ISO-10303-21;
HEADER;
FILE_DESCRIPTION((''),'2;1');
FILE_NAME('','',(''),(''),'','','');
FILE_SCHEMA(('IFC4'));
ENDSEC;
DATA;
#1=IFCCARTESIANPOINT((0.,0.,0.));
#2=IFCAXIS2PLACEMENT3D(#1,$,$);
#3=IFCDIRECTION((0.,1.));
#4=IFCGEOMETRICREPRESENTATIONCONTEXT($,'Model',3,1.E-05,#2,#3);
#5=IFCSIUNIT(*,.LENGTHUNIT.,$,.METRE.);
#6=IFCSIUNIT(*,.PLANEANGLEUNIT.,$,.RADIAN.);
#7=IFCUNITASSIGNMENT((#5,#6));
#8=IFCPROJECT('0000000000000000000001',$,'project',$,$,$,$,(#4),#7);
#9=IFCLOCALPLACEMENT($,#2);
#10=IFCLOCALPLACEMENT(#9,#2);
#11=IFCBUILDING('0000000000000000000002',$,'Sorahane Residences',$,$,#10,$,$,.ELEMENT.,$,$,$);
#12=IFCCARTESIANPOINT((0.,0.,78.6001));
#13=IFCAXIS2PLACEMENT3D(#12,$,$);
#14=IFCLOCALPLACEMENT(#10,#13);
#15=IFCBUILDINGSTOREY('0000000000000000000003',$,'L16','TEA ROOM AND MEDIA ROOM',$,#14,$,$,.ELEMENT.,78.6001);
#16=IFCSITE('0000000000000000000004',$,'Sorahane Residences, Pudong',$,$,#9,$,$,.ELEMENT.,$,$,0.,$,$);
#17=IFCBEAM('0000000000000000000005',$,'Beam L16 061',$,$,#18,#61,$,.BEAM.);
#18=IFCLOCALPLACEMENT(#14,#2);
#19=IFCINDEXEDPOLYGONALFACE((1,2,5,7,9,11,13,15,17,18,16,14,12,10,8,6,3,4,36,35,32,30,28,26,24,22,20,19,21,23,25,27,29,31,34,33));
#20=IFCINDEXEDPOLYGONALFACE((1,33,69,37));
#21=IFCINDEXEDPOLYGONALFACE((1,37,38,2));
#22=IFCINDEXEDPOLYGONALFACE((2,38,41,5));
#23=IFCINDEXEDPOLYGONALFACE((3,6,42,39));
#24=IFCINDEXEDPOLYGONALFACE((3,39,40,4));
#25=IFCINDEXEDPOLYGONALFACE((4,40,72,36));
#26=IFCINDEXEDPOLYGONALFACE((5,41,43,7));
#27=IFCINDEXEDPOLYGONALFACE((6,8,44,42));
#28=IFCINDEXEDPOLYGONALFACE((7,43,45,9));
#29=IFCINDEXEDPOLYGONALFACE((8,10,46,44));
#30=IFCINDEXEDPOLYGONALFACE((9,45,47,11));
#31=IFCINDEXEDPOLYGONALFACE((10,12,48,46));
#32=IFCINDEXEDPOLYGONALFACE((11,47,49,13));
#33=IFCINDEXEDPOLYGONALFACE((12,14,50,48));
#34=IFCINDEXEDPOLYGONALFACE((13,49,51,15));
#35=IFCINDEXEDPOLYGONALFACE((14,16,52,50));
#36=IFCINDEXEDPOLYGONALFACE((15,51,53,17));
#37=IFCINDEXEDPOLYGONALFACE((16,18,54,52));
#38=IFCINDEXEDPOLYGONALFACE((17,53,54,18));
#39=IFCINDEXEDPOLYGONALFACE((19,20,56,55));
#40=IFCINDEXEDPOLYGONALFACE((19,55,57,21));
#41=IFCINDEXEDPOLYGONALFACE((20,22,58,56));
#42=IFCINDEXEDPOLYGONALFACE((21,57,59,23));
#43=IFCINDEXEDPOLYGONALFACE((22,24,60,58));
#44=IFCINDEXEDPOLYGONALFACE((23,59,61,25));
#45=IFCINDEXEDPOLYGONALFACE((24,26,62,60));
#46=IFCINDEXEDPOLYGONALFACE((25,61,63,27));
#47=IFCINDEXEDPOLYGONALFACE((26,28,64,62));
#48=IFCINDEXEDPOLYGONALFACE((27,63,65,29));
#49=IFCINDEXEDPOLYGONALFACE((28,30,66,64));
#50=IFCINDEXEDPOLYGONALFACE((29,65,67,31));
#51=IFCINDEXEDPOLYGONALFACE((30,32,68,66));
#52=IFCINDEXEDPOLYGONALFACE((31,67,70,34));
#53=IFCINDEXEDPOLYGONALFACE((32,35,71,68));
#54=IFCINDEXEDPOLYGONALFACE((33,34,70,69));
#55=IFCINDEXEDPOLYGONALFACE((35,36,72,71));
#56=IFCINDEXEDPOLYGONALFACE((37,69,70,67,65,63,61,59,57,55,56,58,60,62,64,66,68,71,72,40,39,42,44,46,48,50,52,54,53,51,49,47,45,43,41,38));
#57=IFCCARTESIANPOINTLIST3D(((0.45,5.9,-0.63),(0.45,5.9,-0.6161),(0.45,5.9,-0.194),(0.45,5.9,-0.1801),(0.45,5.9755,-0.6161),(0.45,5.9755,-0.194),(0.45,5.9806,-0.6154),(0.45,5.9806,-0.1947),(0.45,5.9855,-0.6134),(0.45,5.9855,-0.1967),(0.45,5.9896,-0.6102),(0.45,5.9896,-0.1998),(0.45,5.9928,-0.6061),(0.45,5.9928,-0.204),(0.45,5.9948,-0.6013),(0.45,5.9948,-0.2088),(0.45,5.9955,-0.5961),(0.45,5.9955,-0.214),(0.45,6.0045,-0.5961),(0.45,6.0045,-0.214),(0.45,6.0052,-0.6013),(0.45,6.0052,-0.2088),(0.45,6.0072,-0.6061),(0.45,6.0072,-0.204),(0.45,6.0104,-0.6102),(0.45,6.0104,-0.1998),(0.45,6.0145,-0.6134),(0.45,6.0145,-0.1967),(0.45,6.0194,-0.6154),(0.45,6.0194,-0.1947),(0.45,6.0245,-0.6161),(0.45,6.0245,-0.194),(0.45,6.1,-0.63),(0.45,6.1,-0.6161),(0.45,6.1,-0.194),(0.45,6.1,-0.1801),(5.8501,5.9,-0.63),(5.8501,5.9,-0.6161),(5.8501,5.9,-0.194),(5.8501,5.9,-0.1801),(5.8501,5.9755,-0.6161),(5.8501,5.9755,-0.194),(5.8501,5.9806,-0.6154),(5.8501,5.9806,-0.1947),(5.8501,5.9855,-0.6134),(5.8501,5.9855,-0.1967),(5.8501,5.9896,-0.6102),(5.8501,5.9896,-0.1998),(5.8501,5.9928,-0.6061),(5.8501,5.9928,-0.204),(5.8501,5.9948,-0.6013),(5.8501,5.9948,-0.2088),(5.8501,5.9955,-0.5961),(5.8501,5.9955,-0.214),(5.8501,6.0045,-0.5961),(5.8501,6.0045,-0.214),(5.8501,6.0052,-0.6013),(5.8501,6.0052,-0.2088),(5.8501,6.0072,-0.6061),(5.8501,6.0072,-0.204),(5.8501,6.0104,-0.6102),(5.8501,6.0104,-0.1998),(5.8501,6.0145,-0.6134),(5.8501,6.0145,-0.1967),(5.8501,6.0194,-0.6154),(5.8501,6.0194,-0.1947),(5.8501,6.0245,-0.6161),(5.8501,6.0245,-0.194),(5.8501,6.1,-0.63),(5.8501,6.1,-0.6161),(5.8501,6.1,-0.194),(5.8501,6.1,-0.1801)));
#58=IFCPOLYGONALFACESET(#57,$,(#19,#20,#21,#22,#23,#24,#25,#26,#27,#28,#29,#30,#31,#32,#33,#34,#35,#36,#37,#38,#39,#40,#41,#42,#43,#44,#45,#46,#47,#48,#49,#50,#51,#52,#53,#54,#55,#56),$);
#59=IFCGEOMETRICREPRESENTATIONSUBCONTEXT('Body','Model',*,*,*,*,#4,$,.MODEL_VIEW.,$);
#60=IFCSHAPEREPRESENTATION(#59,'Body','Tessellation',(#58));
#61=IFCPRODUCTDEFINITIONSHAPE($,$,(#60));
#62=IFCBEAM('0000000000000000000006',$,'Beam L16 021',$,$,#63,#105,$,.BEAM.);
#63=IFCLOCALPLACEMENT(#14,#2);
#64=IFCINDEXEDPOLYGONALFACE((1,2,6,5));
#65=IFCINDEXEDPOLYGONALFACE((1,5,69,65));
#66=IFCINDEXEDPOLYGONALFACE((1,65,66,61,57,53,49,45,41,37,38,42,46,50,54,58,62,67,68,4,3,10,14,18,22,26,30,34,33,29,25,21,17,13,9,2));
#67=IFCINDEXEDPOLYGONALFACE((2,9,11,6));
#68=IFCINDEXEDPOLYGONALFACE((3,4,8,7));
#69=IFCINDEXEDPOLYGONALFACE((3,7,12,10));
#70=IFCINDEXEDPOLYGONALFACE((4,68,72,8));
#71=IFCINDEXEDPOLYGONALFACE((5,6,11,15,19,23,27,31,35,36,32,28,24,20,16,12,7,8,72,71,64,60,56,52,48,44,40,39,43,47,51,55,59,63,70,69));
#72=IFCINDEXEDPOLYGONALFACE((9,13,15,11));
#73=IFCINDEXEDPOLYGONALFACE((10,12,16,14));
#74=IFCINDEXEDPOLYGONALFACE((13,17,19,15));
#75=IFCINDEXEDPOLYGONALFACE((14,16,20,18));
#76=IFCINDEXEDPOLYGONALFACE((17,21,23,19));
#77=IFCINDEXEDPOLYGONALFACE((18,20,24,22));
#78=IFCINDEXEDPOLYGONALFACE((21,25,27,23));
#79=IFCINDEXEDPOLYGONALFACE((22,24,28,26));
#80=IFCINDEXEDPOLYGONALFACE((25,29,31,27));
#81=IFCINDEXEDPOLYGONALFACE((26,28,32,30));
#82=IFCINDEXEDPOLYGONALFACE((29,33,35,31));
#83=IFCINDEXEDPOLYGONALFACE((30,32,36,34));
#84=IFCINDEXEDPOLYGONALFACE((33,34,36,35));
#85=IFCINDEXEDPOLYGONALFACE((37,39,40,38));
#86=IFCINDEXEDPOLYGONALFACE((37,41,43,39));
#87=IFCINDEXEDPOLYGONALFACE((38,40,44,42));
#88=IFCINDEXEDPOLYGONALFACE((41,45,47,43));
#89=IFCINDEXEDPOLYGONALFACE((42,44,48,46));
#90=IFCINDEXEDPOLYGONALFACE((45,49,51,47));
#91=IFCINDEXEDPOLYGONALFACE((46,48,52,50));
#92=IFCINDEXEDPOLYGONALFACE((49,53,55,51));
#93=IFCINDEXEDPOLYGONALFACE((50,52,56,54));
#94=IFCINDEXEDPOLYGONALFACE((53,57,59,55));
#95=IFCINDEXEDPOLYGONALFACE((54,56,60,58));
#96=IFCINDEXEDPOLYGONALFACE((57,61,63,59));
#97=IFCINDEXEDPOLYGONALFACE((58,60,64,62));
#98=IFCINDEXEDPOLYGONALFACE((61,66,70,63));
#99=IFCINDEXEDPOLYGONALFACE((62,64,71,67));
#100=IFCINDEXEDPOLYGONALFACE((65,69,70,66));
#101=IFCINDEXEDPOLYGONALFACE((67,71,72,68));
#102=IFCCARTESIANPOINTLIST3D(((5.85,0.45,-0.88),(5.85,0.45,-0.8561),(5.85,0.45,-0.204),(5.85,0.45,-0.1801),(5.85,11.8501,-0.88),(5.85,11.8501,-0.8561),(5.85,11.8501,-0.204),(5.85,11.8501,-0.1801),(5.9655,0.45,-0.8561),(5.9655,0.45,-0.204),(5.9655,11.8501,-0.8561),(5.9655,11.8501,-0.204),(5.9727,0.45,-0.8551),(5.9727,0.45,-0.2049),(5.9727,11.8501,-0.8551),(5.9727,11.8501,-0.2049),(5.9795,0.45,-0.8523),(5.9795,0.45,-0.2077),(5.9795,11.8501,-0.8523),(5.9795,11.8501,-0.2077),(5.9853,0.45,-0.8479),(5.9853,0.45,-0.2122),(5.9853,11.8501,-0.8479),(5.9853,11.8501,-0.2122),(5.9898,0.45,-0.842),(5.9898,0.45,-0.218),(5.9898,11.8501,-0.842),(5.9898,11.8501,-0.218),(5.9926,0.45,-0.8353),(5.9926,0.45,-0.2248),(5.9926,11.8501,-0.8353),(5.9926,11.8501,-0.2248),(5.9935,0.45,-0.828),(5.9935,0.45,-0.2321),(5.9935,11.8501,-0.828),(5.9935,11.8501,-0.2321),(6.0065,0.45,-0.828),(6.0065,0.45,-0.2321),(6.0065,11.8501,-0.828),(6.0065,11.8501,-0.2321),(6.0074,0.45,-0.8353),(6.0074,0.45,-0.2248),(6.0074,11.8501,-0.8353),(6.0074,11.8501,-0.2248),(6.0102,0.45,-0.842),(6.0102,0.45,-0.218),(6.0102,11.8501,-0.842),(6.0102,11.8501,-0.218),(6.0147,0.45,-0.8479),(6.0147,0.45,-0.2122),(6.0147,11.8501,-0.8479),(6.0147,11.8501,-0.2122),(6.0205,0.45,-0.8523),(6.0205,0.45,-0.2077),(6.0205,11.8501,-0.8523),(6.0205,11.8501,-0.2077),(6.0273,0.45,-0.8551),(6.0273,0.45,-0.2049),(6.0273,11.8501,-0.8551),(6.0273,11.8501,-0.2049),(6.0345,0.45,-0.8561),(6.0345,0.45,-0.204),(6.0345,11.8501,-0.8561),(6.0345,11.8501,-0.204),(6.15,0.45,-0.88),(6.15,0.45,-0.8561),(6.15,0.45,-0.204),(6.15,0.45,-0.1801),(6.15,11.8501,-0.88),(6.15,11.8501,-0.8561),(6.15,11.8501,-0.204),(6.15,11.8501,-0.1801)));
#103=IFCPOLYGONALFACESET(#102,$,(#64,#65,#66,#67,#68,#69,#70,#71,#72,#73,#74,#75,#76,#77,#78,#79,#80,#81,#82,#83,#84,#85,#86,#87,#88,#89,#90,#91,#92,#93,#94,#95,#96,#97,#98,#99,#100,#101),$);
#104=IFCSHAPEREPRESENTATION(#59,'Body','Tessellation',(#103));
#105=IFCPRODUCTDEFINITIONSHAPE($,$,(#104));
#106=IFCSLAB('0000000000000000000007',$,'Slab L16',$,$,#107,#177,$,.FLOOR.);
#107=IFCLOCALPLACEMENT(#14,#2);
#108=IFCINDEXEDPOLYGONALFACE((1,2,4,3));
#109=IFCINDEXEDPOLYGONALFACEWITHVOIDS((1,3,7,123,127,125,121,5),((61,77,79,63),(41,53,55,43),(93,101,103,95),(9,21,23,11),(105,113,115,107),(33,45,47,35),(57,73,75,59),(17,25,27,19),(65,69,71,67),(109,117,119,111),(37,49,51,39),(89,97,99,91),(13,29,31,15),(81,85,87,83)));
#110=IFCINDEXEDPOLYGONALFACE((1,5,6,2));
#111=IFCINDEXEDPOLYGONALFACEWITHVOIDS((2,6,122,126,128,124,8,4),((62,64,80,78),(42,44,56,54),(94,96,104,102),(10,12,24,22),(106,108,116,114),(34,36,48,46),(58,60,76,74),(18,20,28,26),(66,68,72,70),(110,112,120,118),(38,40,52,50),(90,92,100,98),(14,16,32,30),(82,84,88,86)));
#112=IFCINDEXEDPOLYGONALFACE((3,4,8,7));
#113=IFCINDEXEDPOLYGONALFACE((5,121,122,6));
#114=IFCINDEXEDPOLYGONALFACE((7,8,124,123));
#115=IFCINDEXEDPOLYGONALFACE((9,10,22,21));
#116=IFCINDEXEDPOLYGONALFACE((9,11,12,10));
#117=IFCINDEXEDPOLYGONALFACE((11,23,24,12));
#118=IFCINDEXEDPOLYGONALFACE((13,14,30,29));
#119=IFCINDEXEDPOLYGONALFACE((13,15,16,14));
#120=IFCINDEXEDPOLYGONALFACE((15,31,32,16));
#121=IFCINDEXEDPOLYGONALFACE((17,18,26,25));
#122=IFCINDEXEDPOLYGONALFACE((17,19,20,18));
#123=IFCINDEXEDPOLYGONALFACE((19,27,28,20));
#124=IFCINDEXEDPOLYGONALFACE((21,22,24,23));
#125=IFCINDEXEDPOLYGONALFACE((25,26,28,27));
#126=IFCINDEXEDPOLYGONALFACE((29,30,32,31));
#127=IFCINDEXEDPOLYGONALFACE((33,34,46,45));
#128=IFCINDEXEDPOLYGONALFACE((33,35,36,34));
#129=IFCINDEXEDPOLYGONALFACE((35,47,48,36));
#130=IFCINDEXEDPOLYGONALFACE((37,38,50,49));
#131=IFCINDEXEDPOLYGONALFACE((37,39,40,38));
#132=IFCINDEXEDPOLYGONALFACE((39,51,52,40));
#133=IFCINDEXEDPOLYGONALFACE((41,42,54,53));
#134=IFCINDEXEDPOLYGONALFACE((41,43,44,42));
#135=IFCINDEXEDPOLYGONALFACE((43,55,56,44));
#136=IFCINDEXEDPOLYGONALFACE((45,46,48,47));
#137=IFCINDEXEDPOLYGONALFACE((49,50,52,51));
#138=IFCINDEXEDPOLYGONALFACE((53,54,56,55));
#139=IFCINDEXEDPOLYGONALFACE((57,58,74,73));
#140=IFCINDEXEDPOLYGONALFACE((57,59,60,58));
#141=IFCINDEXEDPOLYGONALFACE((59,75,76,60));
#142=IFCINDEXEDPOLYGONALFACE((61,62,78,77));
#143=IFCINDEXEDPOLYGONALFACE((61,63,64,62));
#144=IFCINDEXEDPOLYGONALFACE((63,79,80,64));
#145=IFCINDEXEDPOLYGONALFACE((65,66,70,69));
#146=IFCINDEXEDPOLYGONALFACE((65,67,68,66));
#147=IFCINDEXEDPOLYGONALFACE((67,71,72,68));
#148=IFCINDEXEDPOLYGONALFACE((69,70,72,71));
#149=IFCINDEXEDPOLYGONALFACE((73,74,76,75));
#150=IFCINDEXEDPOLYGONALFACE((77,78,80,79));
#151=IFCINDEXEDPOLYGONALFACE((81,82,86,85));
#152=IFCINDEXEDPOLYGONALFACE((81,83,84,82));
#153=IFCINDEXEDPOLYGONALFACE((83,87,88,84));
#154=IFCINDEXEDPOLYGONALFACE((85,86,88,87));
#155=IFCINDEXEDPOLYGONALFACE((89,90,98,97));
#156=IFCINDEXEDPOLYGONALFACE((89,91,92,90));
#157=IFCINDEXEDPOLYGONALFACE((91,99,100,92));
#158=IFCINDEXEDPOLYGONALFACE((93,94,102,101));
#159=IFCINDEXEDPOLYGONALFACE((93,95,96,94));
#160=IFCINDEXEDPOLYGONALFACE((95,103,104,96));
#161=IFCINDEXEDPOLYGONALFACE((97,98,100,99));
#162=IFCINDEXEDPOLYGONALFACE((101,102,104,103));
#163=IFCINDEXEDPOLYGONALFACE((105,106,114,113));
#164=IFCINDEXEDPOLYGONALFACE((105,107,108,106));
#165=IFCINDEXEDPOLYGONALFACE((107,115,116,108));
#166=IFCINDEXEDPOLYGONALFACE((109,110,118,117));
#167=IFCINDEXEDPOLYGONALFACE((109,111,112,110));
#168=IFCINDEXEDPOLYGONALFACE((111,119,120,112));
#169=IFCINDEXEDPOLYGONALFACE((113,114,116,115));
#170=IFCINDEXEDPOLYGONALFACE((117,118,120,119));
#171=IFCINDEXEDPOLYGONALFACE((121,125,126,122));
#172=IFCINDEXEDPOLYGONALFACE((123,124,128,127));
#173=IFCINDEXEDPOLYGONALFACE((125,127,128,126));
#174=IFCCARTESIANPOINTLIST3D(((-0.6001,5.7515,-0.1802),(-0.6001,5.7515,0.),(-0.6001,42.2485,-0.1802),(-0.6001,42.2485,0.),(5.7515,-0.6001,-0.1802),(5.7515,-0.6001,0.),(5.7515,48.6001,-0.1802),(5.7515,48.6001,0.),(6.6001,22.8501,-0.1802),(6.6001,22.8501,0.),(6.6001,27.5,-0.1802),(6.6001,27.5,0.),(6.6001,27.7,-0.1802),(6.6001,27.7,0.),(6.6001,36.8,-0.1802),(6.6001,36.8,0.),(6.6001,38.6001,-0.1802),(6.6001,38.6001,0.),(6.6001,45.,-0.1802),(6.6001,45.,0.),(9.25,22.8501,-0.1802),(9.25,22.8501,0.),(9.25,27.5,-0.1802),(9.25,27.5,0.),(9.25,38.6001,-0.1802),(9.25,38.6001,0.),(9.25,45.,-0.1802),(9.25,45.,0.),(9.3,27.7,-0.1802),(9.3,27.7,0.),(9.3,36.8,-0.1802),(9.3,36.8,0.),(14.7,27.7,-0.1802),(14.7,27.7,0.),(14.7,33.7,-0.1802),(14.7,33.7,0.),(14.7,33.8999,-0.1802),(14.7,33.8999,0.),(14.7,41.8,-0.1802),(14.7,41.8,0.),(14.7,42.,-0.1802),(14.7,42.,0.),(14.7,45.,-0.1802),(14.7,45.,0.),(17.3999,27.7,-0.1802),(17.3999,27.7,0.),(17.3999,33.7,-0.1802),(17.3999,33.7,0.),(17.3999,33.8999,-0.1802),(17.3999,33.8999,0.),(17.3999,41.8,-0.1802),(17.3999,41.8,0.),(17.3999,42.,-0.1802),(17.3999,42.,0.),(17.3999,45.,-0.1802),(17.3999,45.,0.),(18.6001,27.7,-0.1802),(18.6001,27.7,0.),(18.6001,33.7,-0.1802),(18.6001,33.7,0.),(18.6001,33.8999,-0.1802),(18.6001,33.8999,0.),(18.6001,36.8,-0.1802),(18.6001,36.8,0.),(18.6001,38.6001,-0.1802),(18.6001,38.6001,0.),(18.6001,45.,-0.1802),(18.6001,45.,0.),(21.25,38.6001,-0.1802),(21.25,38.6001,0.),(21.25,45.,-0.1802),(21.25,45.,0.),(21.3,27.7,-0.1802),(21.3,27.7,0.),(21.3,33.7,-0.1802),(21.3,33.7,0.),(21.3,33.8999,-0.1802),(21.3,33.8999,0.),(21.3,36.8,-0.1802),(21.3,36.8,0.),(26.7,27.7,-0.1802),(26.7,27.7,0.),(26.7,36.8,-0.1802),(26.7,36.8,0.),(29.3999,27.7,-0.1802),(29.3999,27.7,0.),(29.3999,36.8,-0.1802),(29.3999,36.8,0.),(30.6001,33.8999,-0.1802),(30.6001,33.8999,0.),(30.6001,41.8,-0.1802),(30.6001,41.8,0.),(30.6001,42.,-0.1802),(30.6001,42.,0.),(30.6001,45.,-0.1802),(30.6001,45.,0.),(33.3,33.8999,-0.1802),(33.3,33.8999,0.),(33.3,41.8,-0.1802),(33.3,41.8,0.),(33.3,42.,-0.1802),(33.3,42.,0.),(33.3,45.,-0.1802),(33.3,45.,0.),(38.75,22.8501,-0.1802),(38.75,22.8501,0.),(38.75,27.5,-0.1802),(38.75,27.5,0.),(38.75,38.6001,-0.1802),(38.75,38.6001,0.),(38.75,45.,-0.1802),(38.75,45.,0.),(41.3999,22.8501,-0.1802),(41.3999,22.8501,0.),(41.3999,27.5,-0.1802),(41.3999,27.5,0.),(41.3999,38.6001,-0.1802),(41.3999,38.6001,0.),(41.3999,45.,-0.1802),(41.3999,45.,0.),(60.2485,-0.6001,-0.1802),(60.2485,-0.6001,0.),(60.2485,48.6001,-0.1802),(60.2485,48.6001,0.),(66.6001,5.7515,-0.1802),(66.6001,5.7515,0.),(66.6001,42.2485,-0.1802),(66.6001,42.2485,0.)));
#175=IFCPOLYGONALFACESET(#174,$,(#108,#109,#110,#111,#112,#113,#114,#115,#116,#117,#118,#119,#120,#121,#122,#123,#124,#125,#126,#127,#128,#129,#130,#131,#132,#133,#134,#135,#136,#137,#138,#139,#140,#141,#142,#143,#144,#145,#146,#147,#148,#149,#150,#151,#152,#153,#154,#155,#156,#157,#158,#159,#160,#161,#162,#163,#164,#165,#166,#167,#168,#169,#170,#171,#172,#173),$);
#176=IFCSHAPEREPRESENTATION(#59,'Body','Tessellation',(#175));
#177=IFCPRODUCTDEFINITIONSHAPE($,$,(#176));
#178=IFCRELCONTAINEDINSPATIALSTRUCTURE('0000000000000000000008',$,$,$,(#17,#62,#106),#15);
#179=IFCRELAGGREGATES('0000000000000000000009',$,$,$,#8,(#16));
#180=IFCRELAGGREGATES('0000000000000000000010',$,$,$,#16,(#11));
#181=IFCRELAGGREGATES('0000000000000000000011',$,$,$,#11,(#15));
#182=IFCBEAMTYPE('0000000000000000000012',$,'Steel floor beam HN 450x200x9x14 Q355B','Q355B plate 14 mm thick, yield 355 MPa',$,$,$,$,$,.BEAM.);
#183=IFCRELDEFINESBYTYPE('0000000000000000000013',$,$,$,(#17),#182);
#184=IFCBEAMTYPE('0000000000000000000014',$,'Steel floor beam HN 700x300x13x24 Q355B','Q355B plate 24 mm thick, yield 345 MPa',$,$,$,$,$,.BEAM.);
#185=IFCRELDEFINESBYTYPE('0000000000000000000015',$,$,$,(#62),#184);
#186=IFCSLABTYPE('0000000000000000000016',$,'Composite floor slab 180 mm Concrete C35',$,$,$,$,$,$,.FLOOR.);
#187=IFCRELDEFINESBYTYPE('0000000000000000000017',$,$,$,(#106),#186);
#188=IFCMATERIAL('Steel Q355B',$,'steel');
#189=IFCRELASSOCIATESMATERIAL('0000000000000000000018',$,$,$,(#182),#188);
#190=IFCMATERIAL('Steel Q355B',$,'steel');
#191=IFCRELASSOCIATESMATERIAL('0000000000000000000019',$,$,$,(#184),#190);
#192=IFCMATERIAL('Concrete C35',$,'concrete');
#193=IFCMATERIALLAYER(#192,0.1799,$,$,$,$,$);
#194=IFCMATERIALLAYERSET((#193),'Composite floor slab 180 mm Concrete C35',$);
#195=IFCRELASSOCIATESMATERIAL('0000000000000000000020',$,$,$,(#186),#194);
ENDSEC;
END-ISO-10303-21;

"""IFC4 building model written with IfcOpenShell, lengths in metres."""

from ifc_helpers import new_model, si_unit, direction, frame, origin, origin_2d, place, context, subcontext, project, spatial, polyline, i_section, outline, extrude, material, layer, layer_set, material_profile, profile_set, type_object, element, save


model = new_model("IFC4")

# Units and contexts
model_context = context("Model", 3, precision=1e-05, world=origin(), true_north=direction((0.0, 1.0)))
body_context = subcontext(model_context, "Body", "Model", "MODEL_VIEW")
ifc_project = project(units=[si_unit("LENGTHUNIT", "METRE"), si_unit("PLANEANGLEUNIT", "RADIAN")], contexts=[model_context])

# Site, building, storey
site_placement = place(None, origin())
site = spatial("IfcSite", under=ifc_project, at=site_placement, Name="Sorahane Residences, Pudong", CompositionType="ELEMENT", RefElevation=0.0)
building_placement = place(site_placement, origin())
building = spatial("IfcBuilding", under=site, at=building_placement, Name="Sorahane Residences", CompositionType="ELEMENT")
storey_placement = place(building_placement, frame((0.0, 0.0, 78.6001)))
storey = spatial("IfcBuildingStorey", under=building, at=storey_placement, Name="L16", Description="TEA ROOM AND MEDIA ROOM", CompositionType="ELEMENT", Elevation=78.6001)

# Beams
ifc_material_1 = material(Name="Steel Q355B", Category="steel")
ifc_material_profile_1 = material_profile(ifc_material_1, i_section(OverallWidth=0.2, OverallDepth=0.45, WebThickness=0.009, FlangeThickness=0.0139, FilletRadius=0.02, at=origin_2d()), Name="HN 450x200x9x14")
ifc_profile_set_1 = profile_set([ifc_material_profile_1], Name="Steel Q355B")
beam_type_1 = type_object("IfcBeamType", Name="Steel floor beam HN 450x200x9x14 Q355B", Description="Q355B plate 14 mm thick, yield 355 MPa", PredefinedType="BEAM", material=ifc_profile_set_1)
beam_1_placement = place(storey_placement, frame((0.45, 6.0, -0.405), z_axis=(1.0, 0.0, 0.0), x_axis=(0.0, 1.0, 0.0)))
element("IfcBeam", 1, at=beam_1_placement, inside=storey, type_object=beam_type_1, Name="Beam L16 061", PredefinedType="BEAM", context=body_context, shape_type="SweptSolid", body=[
    extrude(i_section(OverallWidth=0.2, OverallDepth=0.45, WebThickness=0.009, FlangeThickness=0.0139, FilletRadius=0.02, at=origin_2d()), origin(), (0.0, 0.0, 1.0), 5.4001),
])
ifc_material_2 = material(Name="Steel Q355B", Category="steel")
ifc_material_profile_2 = material_profile(ifc_material_2, i_section(OverallWidth=0.3, OverallDepth=0.7, WebThickness=0.0129, FlangeThickness=0.0239, FilletRadius=0.0281, at=origin_2d()), Name="HN 700x300x13x24")
ifc_profile_set_2 = profile_set([ifc_material_profile_2], Name="Steel Q355B")
beam_type_2 = type_object("IfcBeamType", Name="Steel floor beam HN 700x300x13x24 Q355B", Description="Q355B plate 24 mm thick, yield 345 MPa", PredefinedType="BEAM", material=ifc_profile_set_2)
beam_2_placement = place(storey_placement, frame((6.0, 0.45, -0.53), z_axis=(0.0, 1.0, 0.0), x_axis=(-1.0, 0.0, 0.0)))
element("IfcBeam", 2, at=beam_2_placement, inside=storey, type_object=beam_type_2, Name="Beam L16 021", PredefinedType="BEAM", context=body_context, shape_type="SweptSolid", body=[
    extrude(i_section(OverallWidth=0.3, OverallDepth=0.7, WebThickness=0.0129, FlangeThickness=0.0239, FilletRadius=0.0281, at=origin_2d()), origin(), (0.0, 0.0, 1.0), 11.4001),
])

# Slab
ifc_material_3 = material(Name="Concrete C35", Category="concrete")
ifc_layer_1 = layer(ifc_material_3, 0.1799)
ifc_layer_set_1 = layer_set([ifc_layer_1], Name="Composite floor slab 180 mm Concrete C35")
slab_type_1 = type_object("IfcSlabType", Name="Composite floor slab 180 mm Concrete C35", PredefinedType="FLOOR", material=ifc_layer_set_1)
slab_1_placement = place(storey_placement, frame((0.0, 0.0, -0.1802)))
element("IfcSlab", 3, at=slab_1_placement, inside=storey, type_object=slab_type_1, Name="Slab L16", PredefinedType="FLOOR", context=body_context, shape_type="SweptSolid", body=[
    extrude(outline(polyline([(5.7515, -0.6001), (-0.6001, 5.7515), (-0.6001, 42.2485), (5.7515, 48.6001), (60.2485, 48.6001), (66.6001, 42.2485), (66.6001, 5.7515), (60.2485, -0.6001), (5.7515, -0.6001)]), holes=[polyline([(18.6001, 27.7), (21.3, 27.7), (21.3, 33.7), (18.6001, 33.7), (18.6001, 27.7)]), polyline([(30.6001, 42.0), (33.3, 42.0), (33.3, 45.0), (30.6001, 45.0), (30.6001, 42.0)]), polyline([(14.7, 27.7), (17.3999, 27.7), (17.3999, 33.7), (14.7, 33.7), (14.7, 27.7)]), polyline([(14.7, 42.0), (17.3999, 42.0), (17.3999, 45.0), (14.7, 45.0), (14.7, 42.0)]), polyline([(6.6001, 27.7), (9.3, 27.7), (9.3, 36.8), (6.6001, 36.8), (6.6001, 27.7)]), polyline([(9.25, 38.6001), (9.25, 45.0), (6.6001, 45.0), (6.6001, 38.6001), (9.25, 38.6001)]), polyline([(41.3999, 38.6001), (41.3999, 45.0), (38.75, 45.0), (38.75, 38.6001), (41.3999, 38.6001)]), polyline([(21.25, 38.6001), (21.25, 45.0), (18.6001, 45.0), (18.6001, 38.6001), (21.25, 38.6001)]), polyline([(9.25, 22.8501), (9.25, 27.5), (6.6001, 27.5), (6.6001, 22.8501), (9.25, 22.8501)]), polyline([(41.3999, 22.8501), (41.3999, 27.5), (38.75, 27.5), (38.75, 22.8501), (41.3999, 22.8501)]), polyline([(14.7, 33.8999), (17.3999, 33.8999), (17.3999, 41.8), (14.7, 41.8), (14.7, 33.8999)]), polyline([(30.6001, 33.8999), (33.3, 33.8999), (33.3, 41.8), (30.6001, 41.8), (30.6001, 33.8999)]), polyline([(18.6001, 33.8999), (21.3, 33.8999), (21.3, 36.8), (18.6001, 36.8), (18.6001, 33.8999)]), polyline([(26.7, 27.7), (29.3999, 27.7), (29.3999, 36.8), (26.7, 36.8), (26.7, 27.7)])]), origin(), (0.0, 0.0, 1.0), 0.1802),
])

save(model, "model.ifc")
